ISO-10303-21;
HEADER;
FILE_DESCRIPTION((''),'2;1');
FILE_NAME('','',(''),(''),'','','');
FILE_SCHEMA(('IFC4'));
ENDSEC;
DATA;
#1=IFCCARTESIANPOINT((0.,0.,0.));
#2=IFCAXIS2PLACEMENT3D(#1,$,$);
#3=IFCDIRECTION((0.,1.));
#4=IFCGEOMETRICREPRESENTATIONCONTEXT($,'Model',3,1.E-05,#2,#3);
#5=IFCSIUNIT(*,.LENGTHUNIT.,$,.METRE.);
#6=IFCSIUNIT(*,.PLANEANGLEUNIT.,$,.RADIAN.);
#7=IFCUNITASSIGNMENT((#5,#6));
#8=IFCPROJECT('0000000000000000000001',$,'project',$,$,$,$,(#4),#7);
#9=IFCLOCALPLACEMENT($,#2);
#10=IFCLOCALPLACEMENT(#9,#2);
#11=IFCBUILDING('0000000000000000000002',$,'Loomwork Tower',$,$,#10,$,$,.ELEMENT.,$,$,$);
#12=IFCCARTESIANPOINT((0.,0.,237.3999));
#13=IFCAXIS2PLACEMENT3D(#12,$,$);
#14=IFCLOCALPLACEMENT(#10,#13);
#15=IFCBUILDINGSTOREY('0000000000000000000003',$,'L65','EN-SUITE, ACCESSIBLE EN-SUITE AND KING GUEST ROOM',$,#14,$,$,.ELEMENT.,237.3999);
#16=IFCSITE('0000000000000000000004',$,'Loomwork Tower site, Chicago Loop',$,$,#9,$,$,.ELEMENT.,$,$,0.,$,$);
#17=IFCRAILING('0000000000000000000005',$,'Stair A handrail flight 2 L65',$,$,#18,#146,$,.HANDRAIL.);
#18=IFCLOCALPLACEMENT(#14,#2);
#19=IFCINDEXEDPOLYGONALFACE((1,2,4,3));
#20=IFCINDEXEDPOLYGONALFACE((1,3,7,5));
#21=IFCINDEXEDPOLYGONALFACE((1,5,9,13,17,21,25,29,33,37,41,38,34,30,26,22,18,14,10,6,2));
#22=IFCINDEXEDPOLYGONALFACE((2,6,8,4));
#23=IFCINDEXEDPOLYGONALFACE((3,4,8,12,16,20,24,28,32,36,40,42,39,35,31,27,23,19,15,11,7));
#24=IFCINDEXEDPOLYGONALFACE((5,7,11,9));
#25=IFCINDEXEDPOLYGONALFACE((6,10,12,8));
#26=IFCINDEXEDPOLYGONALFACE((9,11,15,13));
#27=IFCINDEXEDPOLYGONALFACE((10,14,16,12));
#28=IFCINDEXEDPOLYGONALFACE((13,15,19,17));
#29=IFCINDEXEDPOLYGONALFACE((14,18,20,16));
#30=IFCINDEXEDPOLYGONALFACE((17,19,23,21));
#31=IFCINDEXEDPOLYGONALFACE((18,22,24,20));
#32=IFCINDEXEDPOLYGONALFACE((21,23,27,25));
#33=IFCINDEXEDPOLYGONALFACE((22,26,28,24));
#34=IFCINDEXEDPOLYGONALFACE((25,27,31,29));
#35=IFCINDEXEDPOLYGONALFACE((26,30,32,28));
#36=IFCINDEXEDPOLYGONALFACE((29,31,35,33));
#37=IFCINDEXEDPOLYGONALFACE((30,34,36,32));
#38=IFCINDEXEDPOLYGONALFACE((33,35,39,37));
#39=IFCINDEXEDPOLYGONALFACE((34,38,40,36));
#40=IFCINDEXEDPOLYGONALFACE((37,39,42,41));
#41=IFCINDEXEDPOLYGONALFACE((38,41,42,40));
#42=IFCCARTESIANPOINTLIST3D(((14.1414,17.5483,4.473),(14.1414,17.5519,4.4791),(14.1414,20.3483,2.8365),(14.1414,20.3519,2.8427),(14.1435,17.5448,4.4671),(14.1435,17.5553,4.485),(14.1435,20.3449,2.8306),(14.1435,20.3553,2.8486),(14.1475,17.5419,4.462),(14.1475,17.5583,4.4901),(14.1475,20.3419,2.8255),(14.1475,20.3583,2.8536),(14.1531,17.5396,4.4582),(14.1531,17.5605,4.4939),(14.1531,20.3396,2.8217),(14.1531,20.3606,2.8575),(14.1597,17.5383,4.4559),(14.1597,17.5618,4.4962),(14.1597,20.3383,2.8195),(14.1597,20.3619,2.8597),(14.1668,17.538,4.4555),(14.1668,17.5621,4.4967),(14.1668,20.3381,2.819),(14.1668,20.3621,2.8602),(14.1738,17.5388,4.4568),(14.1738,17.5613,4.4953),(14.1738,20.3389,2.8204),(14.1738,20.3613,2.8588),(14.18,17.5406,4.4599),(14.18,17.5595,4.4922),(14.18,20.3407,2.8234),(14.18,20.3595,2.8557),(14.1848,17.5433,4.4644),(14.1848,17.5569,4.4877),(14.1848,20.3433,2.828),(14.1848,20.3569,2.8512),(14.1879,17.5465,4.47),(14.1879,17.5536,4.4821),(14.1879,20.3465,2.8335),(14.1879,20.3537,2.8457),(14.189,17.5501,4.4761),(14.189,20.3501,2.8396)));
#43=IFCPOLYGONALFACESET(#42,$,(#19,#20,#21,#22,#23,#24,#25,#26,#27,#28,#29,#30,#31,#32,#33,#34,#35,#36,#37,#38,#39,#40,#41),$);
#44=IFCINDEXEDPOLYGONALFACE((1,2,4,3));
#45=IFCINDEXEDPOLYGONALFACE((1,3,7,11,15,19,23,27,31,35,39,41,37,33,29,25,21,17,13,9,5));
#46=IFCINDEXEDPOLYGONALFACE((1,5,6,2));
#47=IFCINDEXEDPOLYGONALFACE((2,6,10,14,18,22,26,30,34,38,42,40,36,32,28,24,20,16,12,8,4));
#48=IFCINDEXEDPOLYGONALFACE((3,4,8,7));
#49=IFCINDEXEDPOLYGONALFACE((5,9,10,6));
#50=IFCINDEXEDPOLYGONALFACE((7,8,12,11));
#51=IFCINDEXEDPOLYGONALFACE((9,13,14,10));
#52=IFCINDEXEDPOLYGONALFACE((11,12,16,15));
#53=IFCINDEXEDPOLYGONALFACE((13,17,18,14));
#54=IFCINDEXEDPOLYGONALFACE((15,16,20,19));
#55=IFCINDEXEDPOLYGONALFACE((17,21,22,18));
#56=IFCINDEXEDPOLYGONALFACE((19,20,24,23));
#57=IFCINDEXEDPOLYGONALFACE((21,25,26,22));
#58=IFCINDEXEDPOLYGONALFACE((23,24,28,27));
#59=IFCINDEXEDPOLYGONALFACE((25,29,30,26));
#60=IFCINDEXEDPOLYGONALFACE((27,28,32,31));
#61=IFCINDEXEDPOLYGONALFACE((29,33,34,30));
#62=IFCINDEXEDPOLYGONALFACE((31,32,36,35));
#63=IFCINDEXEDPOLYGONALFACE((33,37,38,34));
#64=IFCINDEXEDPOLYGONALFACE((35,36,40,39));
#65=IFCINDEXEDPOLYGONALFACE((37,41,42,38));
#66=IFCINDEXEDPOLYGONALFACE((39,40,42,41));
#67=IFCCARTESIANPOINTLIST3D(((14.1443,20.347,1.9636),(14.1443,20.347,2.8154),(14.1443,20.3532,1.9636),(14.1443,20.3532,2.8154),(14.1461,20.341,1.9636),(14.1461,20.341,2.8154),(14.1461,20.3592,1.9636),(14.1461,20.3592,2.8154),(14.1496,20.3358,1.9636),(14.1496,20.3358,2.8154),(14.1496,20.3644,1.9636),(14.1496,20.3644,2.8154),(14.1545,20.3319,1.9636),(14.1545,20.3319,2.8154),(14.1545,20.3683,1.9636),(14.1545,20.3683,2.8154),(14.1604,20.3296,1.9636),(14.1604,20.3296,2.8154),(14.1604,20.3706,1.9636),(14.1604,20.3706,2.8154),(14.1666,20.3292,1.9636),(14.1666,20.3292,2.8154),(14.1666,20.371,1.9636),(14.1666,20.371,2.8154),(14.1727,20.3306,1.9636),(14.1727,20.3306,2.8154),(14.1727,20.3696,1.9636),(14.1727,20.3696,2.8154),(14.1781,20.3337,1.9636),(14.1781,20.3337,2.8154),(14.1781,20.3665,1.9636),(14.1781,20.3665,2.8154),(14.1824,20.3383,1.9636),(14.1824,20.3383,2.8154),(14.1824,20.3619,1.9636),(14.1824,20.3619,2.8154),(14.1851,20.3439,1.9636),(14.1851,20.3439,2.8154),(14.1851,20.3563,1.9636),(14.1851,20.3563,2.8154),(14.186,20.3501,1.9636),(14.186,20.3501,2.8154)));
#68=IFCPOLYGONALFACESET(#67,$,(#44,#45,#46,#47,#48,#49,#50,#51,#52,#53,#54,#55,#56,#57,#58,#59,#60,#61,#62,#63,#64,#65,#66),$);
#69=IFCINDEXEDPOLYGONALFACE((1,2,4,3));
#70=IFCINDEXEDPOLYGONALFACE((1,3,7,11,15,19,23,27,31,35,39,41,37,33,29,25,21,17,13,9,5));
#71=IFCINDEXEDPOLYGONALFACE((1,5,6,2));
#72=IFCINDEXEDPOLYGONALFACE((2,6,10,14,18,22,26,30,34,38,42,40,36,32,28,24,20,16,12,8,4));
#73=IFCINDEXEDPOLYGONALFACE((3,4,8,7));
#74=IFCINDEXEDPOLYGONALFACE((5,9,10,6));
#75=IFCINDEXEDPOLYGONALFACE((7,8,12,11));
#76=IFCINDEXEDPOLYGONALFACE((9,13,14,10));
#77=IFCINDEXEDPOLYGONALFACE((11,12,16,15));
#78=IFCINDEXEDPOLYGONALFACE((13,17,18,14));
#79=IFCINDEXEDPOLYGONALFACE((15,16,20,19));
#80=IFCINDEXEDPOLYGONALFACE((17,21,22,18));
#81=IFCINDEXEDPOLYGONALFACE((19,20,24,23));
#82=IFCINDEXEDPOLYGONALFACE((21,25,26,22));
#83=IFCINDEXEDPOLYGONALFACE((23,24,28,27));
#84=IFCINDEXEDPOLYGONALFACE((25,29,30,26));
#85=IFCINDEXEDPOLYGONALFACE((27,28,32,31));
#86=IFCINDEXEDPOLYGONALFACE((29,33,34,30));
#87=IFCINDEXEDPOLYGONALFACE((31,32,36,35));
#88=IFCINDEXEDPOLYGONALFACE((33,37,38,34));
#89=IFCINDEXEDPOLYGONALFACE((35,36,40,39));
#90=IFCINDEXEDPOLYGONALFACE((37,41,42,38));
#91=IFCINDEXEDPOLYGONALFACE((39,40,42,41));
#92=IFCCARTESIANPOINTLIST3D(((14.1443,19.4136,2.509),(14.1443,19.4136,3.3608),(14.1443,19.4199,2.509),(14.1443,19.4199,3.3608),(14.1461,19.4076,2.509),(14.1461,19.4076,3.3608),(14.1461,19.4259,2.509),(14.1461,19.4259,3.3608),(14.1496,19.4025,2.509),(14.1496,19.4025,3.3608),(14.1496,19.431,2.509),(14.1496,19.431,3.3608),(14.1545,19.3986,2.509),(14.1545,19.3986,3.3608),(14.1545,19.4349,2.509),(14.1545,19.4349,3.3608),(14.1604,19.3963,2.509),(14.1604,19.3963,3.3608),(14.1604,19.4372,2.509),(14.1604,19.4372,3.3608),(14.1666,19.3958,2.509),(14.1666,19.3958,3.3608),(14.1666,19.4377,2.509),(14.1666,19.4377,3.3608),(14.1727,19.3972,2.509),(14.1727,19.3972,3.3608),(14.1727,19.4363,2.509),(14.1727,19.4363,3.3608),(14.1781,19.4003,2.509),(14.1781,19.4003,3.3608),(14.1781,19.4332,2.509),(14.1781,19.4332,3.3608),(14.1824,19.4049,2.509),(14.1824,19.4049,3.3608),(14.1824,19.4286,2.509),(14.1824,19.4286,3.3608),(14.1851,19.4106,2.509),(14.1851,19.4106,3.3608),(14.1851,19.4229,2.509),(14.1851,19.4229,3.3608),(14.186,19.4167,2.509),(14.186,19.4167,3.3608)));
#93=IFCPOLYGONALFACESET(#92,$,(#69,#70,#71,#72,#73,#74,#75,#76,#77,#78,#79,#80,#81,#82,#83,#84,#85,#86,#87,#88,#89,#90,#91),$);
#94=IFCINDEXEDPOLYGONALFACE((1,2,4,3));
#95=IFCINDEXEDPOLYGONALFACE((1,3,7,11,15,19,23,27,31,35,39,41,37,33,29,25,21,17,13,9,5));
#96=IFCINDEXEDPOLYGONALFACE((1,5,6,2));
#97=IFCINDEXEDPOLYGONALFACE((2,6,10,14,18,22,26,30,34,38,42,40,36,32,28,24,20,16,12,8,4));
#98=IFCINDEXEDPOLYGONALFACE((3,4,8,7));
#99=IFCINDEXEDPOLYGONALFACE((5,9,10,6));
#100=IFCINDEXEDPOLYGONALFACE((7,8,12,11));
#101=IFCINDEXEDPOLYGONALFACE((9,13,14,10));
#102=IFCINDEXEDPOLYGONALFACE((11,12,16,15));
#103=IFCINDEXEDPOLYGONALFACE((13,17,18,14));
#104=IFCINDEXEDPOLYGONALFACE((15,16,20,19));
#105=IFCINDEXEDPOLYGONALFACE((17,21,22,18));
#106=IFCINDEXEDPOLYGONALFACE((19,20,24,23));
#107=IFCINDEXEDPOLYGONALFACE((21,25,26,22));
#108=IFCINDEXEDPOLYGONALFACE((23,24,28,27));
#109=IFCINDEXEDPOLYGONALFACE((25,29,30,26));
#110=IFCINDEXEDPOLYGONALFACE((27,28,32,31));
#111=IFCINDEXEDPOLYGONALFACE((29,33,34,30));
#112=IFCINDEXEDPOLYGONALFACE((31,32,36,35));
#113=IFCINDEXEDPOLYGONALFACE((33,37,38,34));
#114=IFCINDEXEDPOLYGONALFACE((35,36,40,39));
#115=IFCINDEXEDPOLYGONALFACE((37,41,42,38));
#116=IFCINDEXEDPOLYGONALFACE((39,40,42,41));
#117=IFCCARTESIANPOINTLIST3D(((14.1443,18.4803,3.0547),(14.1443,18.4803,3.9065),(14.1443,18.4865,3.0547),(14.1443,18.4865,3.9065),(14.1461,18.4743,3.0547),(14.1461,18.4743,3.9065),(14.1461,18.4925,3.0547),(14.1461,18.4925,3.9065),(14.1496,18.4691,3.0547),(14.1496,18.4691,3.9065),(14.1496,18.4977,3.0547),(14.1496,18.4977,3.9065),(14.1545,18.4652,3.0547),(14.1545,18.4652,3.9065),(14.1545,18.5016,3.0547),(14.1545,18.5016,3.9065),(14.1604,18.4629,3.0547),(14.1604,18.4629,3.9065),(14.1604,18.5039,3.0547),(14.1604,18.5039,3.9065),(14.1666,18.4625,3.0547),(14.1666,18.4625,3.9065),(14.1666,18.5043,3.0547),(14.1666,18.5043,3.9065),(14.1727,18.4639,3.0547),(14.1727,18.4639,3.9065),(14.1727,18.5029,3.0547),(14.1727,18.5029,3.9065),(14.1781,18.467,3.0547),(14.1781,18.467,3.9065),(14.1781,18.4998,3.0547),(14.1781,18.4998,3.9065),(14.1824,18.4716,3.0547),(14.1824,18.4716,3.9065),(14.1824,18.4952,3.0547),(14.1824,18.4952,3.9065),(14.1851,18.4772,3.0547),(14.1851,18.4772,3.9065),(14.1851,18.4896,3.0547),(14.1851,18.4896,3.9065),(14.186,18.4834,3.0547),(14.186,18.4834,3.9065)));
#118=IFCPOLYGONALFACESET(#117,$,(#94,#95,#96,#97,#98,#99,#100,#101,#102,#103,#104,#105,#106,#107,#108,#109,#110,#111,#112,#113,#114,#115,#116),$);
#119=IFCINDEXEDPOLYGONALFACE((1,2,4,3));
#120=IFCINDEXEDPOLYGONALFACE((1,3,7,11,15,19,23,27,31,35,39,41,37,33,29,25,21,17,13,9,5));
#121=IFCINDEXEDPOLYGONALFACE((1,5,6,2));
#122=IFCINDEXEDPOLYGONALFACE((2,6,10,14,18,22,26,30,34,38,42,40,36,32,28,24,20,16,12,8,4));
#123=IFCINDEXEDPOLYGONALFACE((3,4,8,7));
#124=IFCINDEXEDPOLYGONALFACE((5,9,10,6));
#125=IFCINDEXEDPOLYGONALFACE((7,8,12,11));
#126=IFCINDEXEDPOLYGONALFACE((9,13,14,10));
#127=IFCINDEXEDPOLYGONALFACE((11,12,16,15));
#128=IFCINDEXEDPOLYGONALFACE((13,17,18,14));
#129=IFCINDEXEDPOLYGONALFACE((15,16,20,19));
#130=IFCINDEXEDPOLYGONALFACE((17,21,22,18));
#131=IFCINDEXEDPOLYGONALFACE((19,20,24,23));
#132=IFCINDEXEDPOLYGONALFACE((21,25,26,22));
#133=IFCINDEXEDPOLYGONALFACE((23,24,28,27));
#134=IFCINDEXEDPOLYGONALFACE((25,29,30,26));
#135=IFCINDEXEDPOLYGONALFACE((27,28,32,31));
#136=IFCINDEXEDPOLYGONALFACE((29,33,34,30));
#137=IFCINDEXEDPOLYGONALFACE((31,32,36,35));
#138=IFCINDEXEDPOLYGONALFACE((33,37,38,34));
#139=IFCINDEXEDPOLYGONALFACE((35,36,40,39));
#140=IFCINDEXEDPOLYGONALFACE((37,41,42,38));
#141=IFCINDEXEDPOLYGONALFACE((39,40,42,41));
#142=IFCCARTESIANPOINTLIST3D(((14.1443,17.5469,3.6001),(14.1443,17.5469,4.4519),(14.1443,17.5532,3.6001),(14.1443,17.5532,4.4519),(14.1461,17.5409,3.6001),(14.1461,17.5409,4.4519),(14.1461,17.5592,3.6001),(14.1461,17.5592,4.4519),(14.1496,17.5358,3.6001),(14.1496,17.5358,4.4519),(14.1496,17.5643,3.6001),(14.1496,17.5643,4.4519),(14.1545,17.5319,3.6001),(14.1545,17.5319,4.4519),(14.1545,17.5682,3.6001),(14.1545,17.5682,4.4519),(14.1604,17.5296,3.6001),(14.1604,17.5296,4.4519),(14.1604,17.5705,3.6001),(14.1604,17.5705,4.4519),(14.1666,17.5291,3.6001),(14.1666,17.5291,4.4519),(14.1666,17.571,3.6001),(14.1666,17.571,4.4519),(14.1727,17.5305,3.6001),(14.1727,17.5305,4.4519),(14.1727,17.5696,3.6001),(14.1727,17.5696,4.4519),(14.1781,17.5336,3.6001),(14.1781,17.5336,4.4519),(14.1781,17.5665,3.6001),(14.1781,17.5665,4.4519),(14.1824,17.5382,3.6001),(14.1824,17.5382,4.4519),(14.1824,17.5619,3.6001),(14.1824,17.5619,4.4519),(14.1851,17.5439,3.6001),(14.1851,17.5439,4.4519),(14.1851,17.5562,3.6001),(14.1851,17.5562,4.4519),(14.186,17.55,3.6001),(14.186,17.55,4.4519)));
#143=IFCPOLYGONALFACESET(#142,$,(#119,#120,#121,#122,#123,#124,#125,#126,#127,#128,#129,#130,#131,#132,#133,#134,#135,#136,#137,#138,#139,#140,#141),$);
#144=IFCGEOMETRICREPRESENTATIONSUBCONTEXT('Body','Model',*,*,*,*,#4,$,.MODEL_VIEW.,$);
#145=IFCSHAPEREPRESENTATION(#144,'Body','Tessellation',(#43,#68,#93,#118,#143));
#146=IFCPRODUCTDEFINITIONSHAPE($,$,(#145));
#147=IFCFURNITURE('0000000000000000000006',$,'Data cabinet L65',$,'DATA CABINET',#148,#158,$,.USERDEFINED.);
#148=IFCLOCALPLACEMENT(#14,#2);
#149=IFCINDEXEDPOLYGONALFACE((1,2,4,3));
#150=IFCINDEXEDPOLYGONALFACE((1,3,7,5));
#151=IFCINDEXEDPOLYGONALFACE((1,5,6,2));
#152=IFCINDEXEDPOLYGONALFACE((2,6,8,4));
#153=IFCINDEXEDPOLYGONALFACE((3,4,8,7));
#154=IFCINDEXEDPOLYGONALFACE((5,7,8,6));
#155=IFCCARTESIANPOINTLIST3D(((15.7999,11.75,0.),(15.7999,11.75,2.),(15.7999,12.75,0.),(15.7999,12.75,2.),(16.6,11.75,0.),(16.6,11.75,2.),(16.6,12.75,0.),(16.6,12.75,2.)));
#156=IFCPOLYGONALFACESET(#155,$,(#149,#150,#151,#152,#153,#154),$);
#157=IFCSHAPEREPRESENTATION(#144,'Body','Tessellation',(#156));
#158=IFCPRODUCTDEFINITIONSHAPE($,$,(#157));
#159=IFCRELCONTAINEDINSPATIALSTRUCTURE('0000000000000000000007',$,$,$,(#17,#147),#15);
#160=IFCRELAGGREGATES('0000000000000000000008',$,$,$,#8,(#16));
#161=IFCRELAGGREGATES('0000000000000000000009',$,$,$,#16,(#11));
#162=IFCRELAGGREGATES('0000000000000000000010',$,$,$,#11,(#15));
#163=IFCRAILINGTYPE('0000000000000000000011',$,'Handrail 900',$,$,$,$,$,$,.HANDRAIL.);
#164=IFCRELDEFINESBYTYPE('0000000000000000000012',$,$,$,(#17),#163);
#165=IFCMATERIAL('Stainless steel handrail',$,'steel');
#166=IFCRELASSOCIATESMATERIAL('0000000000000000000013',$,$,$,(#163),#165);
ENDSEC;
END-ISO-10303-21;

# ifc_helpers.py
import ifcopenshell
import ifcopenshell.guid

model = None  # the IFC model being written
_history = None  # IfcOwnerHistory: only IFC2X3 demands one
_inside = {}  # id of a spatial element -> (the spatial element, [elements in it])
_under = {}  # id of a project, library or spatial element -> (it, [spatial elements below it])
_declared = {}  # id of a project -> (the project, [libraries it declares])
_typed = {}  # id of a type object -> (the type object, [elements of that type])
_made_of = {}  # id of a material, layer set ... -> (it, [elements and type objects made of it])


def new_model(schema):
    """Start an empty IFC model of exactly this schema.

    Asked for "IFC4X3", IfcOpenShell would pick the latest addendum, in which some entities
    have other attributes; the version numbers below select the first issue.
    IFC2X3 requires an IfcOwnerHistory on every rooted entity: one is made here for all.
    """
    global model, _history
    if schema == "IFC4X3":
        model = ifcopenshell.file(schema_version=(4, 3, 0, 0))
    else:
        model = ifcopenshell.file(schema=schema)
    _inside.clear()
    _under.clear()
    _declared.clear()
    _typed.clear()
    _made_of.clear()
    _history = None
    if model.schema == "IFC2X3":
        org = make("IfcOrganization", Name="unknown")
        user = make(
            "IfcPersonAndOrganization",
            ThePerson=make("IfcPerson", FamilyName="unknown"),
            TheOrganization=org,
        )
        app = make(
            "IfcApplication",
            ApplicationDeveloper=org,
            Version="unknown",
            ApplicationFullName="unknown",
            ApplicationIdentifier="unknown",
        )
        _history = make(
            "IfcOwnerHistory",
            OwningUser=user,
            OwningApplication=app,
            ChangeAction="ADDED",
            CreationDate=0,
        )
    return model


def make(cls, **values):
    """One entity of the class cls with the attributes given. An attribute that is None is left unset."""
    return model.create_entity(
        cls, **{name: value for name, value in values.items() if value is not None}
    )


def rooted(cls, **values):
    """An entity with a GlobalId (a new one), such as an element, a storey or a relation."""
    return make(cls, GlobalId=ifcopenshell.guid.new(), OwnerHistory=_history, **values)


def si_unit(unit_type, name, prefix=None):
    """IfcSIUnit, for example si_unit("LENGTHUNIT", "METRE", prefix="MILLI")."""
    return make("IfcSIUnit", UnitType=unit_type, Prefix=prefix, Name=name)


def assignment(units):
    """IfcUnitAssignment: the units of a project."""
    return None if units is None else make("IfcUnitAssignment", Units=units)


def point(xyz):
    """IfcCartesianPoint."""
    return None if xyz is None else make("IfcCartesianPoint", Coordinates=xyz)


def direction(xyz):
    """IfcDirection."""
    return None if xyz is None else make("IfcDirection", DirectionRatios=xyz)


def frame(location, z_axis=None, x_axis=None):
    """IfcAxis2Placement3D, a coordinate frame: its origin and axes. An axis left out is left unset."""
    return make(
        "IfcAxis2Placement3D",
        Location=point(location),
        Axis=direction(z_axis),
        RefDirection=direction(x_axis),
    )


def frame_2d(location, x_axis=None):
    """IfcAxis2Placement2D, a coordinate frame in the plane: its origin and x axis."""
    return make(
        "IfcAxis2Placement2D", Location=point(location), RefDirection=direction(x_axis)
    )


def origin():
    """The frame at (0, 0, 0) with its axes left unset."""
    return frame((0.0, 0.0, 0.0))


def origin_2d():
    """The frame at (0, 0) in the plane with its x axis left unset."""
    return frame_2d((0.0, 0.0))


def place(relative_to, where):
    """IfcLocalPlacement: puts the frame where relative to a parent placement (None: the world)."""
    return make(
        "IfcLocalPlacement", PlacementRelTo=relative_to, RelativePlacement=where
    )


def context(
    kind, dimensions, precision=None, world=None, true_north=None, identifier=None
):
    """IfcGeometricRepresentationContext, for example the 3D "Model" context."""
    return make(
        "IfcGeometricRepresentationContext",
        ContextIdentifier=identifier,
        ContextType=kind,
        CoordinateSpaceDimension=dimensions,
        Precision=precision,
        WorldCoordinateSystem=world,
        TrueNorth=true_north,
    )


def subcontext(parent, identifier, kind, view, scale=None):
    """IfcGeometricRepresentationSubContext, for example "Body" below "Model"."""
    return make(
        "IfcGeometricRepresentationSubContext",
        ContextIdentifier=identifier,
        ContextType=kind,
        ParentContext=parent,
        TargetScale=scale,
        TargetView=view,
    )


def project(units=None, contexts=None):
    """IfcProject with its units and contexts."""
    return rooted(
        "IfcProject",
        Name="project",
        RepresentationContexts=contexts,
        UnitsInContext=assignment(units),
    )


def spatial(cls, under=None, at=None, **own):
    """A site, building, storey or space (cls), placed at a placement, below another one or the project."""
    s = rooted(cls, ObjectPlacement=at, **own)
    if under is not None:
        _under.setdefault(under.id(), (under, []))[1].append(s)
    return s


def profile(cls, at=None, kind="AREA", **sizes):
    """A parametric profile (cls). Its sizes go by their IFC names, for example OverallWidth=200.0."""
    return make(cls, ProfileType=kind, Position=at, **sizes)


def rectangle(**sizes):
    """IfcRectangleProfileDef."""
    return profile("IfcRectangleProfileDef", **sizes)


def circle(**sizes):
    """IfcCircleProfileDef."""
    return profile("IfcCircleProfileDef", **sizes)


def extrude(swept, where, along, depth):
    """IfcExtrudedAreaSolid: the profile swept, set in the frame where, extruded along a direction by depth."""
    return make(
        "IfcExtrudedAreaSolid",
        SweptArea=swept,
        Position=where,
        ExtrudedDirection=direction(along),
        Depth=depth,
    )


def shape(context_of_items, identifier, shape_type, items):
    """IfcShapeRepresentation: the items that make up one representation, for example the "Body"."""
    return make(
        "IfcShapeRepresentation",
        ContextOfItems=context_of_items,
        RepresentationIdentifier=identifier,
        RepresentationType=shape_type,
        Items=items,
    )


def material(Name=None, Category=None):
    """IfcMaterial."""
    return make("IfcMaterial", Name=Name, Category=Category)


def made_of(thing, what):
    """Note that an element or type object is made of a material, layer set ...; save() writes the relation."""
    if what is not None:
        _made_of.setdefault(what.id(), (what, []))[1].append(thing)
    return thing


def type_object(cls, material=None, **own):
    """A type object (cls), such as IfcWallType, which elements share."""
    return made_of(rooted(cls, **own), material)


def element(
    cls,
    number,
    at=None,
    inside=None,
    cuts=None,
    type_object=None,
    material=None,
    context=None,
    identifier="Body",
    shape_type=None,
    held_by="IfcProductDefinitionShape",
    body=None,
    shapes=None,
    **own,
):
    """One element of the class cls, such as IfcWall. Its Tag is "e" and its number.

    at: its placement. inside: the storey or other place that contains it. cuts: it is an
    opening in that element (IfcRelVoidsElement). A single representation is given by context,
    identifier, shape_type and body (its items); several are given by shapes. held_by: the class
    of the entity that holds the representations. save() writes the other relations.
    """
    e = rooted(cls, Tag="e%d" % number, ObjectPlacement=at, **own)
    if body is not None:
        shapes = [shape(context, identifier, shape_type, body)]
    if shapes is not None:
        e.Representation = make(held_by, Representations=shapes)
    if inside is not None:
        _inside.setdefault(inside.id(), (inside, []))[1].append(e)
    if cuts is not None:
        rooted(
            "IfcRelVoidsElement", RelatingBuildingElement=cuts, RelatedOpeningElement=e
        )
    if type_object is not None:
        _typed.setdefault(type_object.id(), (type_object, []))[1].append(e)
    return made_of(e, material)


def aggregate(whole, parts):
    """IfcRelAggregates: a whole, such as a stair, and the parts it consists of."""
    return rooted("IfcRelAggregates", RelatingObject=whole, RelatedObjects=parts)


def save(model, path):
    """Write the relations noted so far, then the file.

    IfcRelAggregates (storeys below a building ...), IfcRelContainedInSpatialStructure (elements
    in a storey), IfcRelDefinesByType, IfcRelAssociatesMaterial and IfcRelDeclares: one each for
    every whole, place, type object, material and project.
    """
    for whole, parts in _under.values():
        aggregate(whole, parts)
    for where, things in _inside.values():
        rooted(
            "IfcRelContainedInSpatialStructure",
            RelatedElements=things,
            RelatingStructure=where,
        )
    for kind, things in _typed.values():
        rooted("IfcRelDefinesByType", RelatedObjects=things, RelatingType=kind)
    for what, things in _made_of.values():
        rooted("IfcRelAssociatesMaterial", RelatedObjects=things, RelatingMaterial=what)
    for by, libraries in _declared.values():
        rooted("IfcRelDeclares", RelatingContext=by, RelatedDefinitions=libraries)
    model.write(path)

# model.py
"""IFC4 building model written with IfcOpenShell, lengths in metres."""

from ifc_helpers import new_model, si_unit, direction, frame, origin, origin_2d, place, context, subcontext, project, spatial, rectangle, circle, extrude, material, type_object, element, save


model = new_model("IFC4")

# Units and contexts
model_context = context("Model", 3, precision=1e-05, world=origin(), true_north=direction((0.0, 1.0)))
body_context = subcontext(model_context, "Body", "Model", "MODEL_VIEW")
ifc_project = project(units=[si_unit("LENGTHUNIT", "METRE"), si_unit("PLANEANGLEUNIT", "RADIAN")], contexts=[model_context])

# Site, building, storey
site_placement = place(None, origin())
site = spatial("IfcSite", under=ifc_project, at=site_placement, Name="Loomwork Tower site, Chicago Loop", CompositionType="ELEMENT", RefElevation=0.0)
building_placement = place(site_placement, origin())
building = spatial("IfcBuilding", under=site, at=building_placement, Name="Loomwork Tower", CompositionType="ELEMENT")
storey_placement = place(building_placement, frame((0.0, 0.0, 237.3999)))
storey = spatial("IfcBuildingStorey", under=building, at=storey_placement, Name="L65", Description="EN-SUITE, ACCESSIBLE EN-SUITE AND KING GUEST ROOM", CompositionType="ELEMENT", Elevation=237.3999)

# Railing
ifc_material_1 = material(Name="Stainless steel handrail", Category="steel")
railing_type = type_object("IfcRailingType", Name="Handrail 900", PredefinedType="HANDRAIL", material=ifc_material_1)
railing_placement = place(storey_placement, frame((14.165, 20.3501, 1.9636)))
element("IfcRailing", 1, at=railing_placement, inside=storey, type_object=railing_type, Name="Stair A handrail flight 2 L65", PredefinedType="HANDRAIL", context=body_context, shape_type="SweptSolid", body=[
    extrude(circle(Radius=0.0239, at=origin_2d()), frame((0.0, 0.0, 0.876), z_axis=(0.0, -0.863361, 0.504587), x_axis=(1.0, 0.0, 0.0)), (0.0, 0.0, 1.0), 3.2432),
    extrude(circle(Radius=0.021, at=origin_2d()), origin(), (0.0, 0.0, 1.0), 0.8518),
    extrude(circle(Radius=0.021, at=origin_2d()), frame((0.0, -0.9333, 0.5454)), (0.0, 0.0, 1.0), 0.8518),
    extrude(circle(Radius=0.021, at=origin_2d()), frame((0.0, -1.8667, 1.0911)), (0.0, 0.0, 1.0), 0.8518),
    extrude(circle(Radius=0.021, at=origin_2d()), frame((0.0, -2.8, 1.6365)), (0.0, 0.0, 1.0), 0.8518),
])

# Furniture
furniture_placement = place(storey_placement, frame((16.2, 12.25, 0.0), z_axis=(0.0, 0.0, 1.0), x_axis=(1.0, 0.0, 0.0)))
element("IfcFurniture", 2, at=furniture_placement, inside=storey, Name="Data cabinet L65", ObjectType="DATA CABINET", PredefinedType="USERDEFINED", context=body_context, shape_type="SweptSolid", body=[
    extrude(rectangle(XDim=0.8, YDim=1.0, at=origin_2d()), origin(), (0.0, 0.0, 1.0), 2.0),
])

save(model, "model.ifc")
